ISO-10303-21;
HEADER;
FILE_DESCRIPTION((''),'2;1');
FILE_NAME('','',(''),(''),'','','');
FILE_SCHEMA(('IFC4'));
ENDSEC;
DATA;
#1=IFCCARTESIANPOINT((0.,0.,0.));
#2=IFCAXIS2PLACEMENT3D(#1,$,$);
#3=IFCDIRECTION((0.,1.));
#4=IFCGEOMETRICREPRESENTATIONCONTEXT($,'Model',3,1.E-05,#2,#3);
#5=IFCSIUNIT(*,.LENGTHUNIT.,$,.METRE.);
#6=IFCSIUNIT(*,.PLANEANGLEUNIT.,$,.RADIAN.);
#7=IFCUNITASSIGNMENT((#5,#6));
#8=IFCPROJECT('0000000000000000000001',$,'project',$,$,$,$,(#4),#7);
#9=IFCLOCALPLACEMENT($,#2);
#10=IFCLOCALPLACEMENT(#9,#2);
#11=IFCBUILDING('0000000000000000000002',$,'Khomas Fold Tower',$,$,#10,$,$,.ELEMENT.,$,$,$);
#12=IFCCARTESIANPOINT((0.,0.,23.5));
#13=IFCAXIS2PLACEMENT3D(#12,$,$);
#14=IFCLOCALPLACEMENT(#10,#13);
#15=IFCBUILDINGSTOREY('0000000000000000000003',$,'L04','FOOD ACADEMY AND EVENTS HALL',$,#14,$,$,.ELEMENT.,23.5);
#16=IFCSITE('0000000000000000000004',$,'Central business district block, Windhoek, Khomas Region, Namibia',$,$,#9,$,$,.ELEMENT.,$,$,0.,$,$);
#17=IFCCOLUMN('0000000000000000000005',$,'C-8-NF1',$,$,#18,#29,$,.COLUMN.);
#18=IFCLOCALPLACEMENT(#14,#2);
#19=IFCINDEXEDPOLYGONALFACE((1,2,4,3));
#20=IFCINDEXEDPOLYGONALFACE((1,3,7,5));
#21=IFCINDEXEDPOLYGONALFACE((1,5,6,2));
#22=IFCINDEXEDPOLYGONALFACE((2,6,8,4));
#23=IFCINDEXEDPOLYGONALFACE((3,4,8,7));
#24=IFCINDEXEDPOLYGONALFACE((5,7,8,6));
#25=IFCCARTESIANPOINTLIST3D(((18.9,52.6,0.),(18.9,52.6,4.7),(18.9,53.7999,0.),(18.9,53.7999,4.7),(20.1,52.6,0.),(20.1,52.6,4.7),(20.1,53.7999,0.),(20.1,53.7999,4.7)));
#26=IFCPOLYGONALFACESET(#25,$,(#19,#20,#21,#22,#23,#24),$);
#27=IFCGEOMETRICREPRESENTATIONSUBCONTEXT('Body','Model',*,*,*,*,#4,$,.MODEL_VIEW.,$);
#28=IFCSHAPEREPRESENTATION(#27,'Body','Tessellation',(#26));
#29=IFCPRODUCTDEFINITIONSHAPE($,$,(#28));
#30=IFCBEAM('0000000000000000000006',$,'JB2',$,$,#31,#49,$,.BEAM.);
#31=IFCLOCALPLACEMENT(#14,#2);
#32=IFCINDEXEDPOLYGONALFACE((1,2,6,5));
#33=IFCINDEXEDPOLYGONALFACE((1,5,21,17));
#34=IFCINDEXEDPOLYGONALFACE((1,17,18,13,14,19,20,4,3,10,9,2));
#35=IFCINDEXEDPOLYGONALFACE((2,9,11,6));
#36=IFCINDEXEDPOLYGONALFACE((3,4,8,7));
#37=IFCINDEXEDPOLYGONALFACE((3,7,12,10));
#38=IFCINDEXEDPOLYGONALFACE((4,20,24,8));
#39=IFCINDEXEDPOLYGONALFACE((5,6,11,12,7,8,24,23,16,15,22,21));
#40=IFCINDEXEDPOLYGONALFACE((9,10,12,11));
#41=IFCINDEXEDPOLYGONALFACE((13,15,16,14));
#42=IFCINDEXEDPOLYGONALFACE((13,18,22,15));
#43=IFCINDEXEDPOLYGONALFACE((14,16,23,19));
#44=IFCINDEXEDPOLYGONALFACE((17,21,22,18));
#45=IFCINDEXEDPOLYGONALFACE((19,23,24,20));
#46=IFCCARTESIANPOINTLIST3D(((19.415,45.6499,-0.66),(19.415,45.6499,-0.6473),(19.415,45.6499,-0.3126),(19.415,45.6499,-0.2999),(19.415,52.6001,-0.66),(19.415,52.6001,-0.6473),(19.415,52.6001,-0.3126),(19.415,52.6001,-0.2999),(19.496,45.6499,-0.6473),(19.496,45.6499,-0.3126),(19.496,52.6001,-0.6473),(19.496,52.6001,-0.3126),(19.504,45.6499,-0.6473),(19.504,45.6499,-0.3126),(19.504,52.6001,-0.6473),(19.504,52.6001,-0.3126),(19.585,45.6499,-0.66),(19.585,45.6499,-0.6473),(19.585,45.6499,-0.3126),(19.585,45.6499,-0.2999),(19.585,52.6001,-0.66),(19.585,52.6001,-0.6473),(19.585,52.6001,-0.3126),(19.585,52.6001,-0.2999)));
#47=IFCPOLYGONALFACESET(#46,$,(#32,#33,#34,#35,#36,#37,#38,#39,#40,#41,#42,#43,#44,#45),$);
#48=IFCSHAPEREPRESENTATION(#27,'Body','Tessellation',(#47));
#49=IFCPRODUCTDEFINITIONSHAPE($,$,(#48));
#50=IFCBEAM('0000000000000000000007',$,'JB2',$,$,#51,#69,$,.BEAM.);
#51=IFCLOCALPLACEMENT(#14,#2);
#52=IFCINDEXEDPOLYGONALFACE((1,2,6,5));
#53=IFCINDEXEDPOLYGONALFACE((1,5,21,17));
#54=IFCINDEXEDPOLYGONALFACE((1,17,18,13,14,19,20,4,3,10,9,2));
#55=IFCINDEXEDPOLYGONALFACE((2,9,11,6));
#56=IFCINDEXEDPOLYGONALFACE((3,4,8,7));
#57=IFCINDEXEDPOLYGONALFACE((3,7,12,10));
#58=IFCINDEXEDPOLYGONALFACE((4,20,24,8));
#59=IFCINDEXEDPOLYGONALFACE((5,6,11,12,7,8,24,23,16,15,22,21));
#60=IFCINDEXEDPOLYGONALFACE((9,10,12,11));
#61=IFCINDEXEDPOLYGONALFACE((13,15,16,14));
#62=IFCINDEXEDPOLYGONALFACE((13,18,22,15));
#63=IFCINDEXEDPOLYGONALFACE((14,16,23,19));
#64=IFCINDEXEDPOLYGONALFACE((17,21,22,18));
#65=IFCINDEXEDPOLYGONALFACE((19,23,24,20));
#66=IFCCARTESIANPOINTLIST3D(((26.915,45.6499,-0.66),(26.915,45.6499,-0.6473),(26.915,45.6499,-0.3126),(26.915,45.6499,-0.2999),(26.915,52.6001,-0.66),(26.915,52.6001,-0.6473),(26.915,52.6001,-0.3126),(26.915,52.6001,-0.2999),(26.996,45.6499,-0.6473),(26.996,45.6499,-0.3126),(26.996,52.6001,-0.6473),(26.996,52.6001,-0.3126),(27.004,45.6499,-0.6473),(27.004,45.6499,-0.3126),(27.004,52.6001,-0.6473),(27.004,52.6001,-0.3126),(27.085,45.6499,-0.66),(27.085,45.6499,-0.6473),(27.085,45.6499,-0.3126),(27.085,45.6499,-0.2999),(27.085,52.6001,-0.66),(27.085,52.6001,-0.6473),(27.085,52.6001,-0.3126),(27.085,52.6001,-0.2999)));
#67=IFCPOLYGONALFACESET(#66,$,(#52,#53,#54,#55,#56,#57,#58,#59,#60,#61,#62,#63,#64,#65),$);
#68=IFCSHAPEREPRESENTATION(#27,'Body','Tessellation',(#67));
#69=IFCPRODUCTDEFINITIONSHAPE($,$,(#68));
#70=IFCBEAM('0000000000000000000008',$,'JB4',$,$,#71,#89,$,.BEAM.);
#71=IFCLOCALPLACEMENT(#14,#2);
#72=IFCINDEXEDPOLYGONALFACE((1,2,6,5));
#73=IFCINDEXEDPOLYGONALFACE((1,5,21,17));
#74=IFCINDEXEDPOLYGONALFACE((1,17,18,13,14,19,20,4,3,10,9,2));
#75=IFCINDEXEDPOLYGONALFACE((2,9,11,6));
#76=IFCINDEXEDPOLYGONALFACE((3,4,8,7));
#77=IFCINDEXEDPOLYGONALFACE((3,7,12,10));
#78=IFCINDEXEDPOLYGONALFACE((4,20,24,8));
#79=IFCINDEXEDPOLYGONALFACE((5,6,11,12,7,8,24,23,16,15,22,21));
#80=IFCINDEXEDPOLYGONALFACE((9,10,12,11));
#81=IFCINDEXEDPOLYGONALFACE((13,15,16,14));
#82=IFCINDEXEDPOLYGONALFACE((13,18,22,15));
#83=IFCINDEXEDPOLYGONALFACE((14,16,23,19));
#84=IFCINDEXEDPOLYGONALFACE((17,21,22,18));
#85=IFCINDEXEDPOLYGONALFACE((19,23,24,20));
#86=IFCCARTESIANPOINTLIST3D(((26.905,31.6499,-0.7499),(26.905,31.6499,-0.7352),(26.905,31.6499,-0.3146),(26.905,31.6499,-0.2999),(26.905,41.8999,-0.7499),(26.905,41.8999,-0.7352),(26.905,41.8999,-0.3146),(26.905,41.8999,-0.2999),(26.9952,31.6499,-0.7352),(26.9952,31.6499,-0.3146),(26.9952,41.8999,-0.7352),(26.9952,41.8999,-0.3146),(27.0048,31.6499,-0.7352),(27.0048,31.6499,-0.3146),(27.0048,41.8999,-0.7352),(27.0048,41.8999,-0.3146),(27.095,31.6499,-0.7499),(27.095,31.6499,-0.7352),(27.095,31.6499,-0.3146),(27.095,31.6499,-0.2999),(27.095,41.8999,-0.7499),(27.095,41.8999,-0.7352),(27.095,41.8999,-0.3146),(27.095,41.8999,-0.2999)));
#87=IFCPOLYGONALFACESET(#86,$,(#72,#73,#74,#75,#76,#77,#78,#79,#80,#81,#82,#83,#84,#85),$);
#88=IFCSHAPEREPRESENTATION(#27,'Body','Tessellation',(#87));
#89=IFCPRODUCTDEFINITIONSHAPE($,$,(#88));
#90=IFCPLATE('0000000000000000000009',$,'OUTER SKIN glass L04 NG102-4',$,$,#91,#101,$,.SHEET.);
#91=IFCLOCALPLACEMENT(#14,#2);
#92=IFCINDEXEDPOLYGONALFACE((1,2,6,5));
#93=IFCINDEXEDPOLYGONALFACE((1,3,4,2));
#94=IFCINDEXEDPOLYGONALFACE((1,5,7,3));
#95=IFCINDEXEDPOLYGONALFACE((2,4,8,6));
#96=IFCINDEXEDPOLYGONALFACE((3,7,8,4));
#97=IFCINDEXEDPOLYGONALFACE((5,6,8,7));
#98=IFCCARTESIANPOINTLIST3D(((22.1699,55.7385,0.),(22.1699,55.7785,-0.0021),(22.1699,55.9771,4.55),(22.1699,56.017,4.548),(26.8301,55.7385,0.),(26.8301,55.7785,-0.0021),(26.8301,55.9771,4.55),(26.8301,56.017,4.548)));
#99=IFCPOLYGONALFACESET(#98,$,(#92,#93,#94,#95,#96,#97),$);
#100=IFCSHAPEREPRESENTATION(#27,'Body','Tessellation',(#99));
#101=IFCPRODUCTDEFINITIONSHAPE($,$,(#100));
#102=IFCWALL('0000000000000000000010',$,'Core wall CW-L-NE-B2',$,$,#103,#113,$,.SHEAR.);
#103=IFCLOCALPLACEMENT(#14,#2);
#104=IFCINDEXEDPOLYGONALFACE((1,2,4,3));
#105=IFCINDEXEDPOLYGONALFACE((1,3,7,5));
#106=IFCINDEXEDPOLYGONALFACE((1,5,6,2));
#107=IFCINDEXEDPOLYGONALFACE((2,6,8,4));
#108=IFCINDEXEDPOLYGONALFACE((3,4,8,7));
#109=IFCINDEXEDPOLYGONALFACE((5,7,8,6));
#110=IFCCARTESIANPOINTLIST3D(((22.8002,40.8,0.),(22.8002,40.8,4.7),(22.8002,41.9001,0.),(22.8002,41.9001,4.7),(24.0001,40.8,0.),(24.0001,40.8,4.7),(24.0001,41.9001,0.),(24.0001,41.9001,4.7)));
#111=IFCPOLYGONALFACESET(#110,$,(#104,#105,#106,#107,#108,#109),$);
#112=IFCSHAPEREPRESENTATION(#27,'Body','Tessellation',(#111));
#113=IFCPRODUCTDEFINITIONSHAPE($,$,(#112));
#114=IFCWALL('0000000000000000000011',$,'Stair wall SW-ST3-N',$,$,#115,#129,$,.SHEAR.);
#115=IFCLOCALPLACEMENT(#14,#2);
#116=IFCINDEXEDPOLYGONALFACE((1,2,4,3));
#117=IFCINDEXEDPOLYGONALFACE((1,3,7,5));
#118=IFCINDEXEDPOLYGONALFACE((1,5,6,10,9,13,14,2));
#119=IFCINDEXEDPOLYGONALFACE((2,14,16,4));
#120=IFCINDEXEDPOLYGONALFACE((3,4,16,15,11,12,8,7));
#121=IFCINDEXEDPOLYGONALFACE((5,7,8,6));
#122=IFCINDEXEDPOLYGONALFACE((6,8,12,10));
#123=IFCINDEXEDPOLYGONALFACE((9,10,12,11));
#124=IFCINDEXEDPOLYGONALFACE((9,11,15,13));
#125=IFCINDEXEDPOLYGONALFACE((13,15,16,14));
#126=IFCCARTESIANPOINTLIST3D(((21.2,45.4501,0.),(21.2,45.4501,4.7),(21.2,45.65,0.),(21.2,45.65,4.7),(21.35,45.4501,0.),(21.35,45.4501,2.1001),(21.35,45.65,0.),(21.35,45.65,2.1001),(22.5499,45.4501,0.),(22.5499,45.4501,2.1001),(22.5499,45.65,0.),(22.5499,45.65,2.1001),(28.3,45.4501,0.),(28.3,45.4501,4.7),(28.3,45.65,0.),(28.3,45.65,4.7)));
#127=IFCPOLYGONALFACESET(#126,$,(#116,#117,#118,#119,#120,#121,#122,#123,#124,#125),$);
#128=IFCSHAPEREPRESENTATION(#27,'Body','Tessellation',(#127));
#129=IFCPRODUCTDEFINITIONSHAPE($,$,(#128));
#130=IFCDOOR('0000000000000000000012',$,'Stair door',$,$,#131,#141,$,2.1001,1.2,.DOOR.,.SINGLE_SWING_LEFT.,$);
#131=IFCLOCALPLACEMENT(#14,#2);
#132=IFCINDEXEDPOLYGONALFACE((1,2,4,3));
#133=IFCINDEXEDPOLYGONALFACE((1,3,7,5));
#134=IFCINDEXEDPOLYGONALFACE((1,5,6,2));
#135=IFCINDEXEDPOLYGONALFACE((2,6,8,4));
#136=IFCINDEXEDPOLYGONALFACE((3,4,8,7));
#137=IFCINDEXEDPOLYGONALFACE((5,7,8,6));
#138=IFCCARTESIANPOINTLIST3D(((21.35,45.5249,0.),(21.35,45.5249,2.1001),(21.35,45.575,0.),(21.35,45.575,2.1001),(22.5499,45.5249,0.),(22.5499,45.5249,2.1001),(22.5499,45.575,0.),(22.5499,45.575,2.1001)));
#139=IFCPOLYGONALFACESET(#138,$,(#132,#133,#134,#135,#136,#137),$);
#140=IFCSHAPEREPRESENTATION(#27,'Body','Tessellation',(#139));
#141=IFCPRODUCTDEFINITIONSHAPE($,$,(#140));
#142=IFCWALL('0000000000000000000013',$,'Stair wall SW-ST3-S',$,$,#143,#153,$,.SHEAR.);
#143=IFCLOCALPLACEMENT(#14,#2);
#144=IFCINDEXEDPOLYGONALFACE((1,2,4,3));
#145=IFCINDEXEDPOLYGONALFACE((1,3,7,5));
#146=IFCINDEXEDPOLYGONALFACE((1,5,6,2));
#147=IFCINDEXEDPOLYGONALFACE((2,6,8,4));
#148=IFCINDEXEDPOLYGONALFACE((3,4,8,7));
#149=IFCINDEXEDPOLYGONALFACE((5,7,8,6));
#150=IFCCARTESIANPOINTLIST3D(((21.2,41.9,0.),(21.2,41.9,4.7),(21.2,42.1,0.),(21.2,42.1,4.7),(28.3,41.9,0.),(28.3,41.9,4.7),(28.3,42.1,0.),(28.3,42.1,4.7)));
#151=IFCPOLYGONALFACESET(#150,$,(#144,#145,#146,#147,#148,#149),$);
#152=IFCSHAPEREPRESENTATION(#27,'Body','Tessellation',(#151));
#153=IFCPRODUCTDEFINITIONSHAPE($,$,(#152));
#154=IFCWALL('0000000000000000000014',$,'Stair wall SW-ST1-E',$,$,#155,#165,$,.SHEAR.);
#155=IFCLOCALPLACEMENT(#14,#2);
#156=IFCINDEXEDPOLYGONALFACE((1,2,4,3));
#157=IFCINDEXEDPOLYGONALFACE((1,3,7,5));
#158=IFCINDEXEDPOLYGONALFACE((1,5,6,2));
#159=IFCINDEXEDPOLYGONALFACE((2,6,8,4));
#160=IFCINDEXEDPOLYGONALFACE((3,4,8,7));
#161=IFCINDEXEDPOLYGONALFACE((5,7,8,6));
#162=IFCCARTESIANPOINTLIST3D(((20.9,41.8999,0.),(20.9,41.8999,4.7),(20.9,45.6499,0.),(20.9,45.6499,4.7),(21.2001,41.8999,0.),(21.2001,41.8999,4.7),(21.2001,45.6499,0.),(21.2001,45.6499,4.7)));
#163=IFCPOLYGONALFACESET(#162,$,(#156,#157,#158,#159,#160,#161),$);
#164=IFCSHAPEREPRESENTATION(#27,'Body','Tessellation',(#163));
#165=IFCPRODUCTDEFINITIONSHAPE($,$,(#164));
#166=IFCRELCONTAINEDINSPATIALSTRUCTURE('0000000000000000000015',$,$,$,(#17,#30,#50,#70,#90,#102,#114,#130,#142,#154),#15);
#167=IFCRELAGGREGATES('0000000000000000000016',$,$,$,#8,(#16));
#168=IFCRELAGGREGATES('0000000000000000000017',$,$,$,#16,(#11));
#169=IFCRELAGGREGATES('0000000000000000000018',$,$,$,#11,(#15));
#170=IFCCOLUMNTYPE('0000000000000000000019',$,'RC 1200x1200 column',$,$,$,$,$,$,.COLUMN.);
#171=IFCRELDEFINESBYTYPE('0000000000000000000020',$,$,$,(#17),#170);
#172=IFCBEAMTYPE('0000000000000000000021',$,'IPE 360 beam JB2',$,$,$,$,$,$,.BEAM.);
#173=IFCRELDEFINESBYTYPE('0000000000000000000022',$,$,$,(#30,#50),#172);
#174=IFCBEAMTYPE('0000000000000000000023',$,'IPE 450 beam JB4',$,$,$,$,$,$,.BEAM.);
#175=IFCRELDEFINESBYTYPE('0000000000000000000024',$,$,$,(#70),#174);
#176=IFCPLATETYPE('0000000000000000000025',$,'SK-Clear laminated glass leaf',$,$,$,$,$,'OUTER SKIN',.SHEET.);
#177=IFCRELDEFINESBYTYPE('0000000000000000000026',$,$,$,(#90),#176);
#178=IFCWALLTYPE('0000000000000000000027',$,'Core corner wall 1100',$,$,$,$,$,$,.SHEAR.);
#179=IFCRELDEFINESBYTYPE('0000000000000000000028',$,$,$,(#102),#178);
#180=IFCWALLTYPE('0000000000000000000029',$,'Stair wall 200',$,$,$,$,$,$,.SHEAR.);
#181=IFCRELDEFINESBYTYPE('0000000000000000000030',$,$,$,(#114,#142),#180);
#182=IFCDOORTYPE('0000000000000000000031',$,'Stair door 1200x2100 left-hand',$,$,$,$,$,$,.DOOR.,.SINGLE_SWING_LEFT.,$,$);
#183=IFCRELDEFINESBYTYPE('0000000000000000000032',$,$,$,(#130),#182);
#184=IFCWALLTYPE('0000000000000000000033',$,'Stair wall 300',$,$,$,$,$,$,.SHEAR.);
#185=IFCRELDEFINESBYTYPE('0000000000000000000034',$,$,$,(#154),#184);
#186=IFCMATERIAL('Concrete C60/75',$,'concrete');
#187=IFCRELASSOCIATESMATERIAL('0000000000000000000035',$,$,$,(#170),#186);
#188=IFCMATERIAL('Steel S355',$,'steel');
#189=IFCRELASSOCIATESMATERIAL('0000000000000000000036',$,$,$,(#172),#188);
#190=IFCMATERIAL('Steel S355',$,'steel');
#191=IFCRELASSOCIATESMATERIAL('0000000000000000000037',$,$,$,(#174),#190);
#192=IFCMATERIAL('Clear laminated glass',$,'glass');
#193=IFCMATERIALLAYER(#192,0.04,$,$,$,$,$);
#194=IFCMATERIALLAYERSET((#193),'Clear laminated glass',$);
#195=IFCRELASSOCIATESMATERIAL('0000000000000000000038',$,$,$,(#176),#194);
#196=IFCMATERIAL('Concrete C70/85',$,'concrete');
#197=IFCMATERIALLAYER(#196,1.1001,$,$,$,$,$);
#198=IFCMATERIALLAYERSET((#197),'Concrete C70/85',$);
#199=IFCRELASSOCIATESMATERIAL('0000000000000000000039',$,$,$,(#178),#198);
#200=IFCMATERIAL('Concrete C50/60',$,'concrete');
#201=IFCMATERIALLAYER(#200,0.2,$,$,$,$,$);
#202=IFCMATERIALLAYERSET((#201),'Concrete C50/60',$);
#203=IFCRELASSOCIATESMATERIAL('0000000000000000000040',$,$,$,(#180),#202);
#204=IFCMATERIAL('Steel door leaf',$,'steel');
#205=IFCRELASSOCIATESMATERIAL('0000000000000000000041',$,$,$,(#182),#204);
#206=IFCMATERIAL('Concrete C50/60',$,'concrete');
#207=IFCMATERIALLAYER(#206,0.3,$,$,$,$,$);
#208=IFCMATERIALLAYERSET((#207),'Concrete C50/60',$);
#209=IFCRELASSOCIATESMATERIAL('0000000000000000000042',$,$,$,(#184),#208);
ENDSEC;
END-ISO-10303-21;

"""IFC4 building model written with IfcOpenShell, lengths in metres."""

from ifc_helpers import new_model, si_unit, direction, frame, frame_2d, origin, origin_2d, place, context, subcontext, project, spatial, polyline, rectangle, i_section, outline, extrude, source, transform, mapped, material, layer, layer_set, material_profile, profile_set, type_object, element, fill, save


model = new_model("IFC4")

# Units and contexts
model_context = context("Model", 3, precision=1e-05, world=origin(), true_north=direction((0.0, 1.0)))
body_context = subcontext(model_context, "Body", "Model", "MODEL_VIEW")
ifc_project = project(units=[si_unit("LENGTHUNIT", "METRE"), si_unit("PLANEANGLEUNIT", "RADIAN")], contexts=[model_context])

# Site, building, storey
site_placement = place(None, origin())
site = spatial("IfcSite", under=ifc_project, at=site_placement, Name="Central business district block, Windhoek, Khomas Region, Namibia", CompositionType="ELEMENT", RefElevation=0.0)
building_placement = place(site_placement, origin())
building = spatial("IfcBuilding", under=site, at=building_placement, Name="Khomas Fold Tower", CompositionType="ELEMENT")
storey_placement = place(building_placement, frame((0.0, 0.0, 23.5)))
storey = spatial("IfcBuildingStorey", under=building, at=storey_placement, Name="L04", Description="FOOD ACADEMY AND EVENTS HALL", CompositionType="ELEMENT", Elevation=23.5)

# Column
ifc_material_1 = material(Name="Concrete C60/75", Category="concrete")
ifc_material_profile_1 = material_profile(ifc_material_1, rectangle(XDim=1.2, YDim=1.2, at=origin_2d()), Name="RC 1200x1200")
ifc_profile_set_1 = profile_set([ifc_material_profile_1], Name="Concrete C60/75")
column_type = type_object("IfcColumnType", Name="RC 1200x1200 column", PredefinedType="COLUMN", material=ifc_profile_set_1)
shared_shape_1 = source(origin(), body_context, "Body", "SweptSolid", [
    extrude(rectangle(XDim=1.2, YDim=1.2, at=origin_2d()), origin(), (0.0, 0.0, 1.0), 4.7),
])
column_placement = place(storey_placement, frame((19.5, 53.2, 0.0), z_axis=(0.0, 0.0, 1.0), x_axis=(1.0, 0.0, 0.0)))
element("IfcColumn", 1, at=column_placement, inside=storey, type_object=column_type, Name="C-8-NF1", PredefinedType="COLUMN", context=body_context, shape_type="MappedRepresentation", body=[
    mapped(shared_shape_1, transform((0.0, 0.0, 0.0))),
])

# Beams
ifc_material_2 = material(Name="Steel S355", Category="steel")
ifc_material_profile_2 = material_profile(ifc_material_2, i_section(OverallWidth=0.1699, OverallDepth=0.3601, WebThickness=0.0081, FlangeThickness=0.0127, at=origin_2d()), Name="IPE 360")
ifc_profile_set_2 = profile_set([ifc_material_profile_2], Name="Steel S355")
beam_type_1 = type_object("IfcBeamType", Name="IPE 360 beam JB2", PredefinedType="BEAM", material=ifc_profile_set_2)
shared_shape_2 = source(origin(), body_context, "Body", "SweptSolid", [
    extrude(i_section(OverallWidth=0.1699, OverallDepth=0.3601, WebThickness=0.0081, FlangeThickness=0.0127, at=origin_2d()), origin(), (0.0, 0.0, 1.0), 6.9502),
])
for number, where, z_axis, x_axis, name in (
    (2, (19.5, 45.6499, -0.48), (0.0, 1.0, 0.0), (-1.0, 0.0, 0.0), "JB2"),
    (3, (27.0, 45.6499, -0.48), (0.0, 1.0, 0.0), (-1.0, 0.0, 0.0), "JB2"),
):
    element("IfcBeam", number, at=place(storey_placement, frame(where, z_axis=z_axis, x_axis=x_axis)), inside=storey, type_object=beam_type_1, Name=name, PredefinedType="BEAM", context=body_context, shape_type="MappedRepresentation", body=[
        mapped(shared_shape_2, transform((0.0, 0.0, 0.0))),
    ])
ifc_material_3 = material(Name="Steel S355", Category="steel")
ifc_material_profile_3 = material_profile(ifc_material_3, i_section(OverallWidth=0.1899, OverallDepth=0.45, WebThickness=0.0095, FlangeThickness=0.0146, at=origin_2d()), Name="IPE 450")
ifc_profile_set_3 = profile_set([ifc_material_profile_3], Name="Steel S355")
beam_type_2 = type_object("IfcBeamType", Name="IPE 450 beam JB4", PredefinedType="BEAM", material=ifc_profile_set_3)
shared_shape_3 = source(origin(), body_context, "Body", "SweptSolid", [
    extrude(i_section(OverallWidth=0.1899, OverallDepth=0.45, WebThickness=0.0095, FlangeThickness=0.0146, at=origin_2d()), origin(), (0.0, 0.0, 1.0), 10.25),
])
beam_placement = place(storey_placement, frame((27.0, 31.6499, -0.5249), z_axis=(0.0, 1.0, 0.0), x_axis=(-1.0, 0.0, 0.0)))
element("IfcBeam", 4, at=beam_placement, inside=storey, type_object=beam_type_2, Name="JB4", PredefinedType="BEAM", context=body_context, shape_type="MappedRepresentation", body=[
    mapped(shared_shape_3, transform((0.0, 0.0, 0.0))),
])

# Plate
ifc_material_4 = material(Name="Clear laminated glass", Category="glass")
ifc_layer_1 = layer(ifc_material_4, 0.04)
ifc_layer_set_1 = layer_set([ifc_layer_1], Name="Clear laminated glass")
plate_type = type_object("IfcPlateType", Name="SK-Clear laminated glass leaf", ElementType="OUTER SKIN", PredefinedType="SHEET", material=ifc_layer_set_1)
plate_placement = place(storey_placement, frame((26.8301, 55.9771, 4.55), z_axis=(0.0, -0.998629, 0.052351), x_axis=(0.0, -0.052351, -0.998629)))
element("IfcPlate", 5, at=plate_placement, inside=storey, type_object=plate_type, Name="OUTER SKIN glass L04 NG102-4", PredefinedType="SHEET", context=body_context, shape_type="SweptSolid", body=[
    extrude(outline(polyline([(0.0, 0.0), (4.5563, 0.0), (4.5563, -4.6602), (0.0, -4.6602), (0.0, 0.0)])), origin(), (0.0, 0.0, -1.0), 0.04),
])

# Wall
ifc_material_5 = material(Name="Concrete C70/85", Category="concrete")
ifc_layer_2 = layer(ifc_material_5, 1.1001)
ifc_layer_set_2 = layer_set([ifc_layer_2], Name="Concrete C70/85")
wall_type_1 = type_object("IfcWallType", Name="Core corner wall 1100", PredefinedType="SHEAR", material=ifc_layer_set_2)
shared_shape_4 = source(origin(), body_context, "Body", "SweptSolid", [
    extrude(rectangle(XDim=1.2, YDim=1.1001, at=frame_2d((0.6001, 0.0))), origin(), (0.0, 0.0, 1.0), 4.7),
])
wall_1_placement = place(storey_placement, frame((22.8, 41.3501, 0.0), z_axis=(0.0, 0.0, 1.0), x_axis=(1.0, 0.0, 0.0)))
element("IfcWall", 6, at=wall_1_placement, inside=storey, type_object=wall_type_1, Name="Core wall CW-L-NE-B2", PredefinedType="SHEAR", context=body_context, shape_type="MappedRepresentation", body=[
    mapped(shared_shape_4, transform((0.0, 0.0, 0.0))),
])

# Wall, opening, door
ifc_material_6 = material(Name="Concrete C50/60", Category="concrete")
ifc_layer_3 = layer(ifc_material_6, 0.2)
ifc_layer_set_3 = layer_set([ifc_layer_3], Name="Concrete C50/60")
wall_type_2 = type_object("IfcWallType", Name="Stair wall 200", PredefinedType="SHEAR", material=ifc_layer_set_3)
shared_shape_5 = source(origin(), body_context, "Body", "SweptSolid", [
    extrude(rectangle(XDim=7.1001, YDim=0.2, at=frame_2d((3.55, 0.0))), origin(), (0.0, 0.0, 1.0), 4.7),
])
wall_2_placement = place(storey_placement, frame((21.2, 45.55, 0.0), z_axis=(0.0, 0.0, 1.0), x_axis=(1.0, 0.0, 0.0)))
wall_2 = element("IfcWall", 7, at=wall_2_placement, inside=storey, type_object=wall_type_2, Name="Stair wall SW-ST3-N", PredefinedType="SHEAR", context=body_context, shape_type="MappedRepresentation", body=[
    mapped(shared_shape_5, transform((0.0, 0.0, 0.0))),
])
shared_shape_6 = source(origin(), body_context, "Body", "SweptSolid", [
    extrude(rectangle(XDim=1.2, YDim=2.1001, at=frame_2d((0.6001, 1.05))), frame((0.0, 0.1099, 0.0), z_axis=(0.0, -1.0, 0.0), x_axis=(1.0, 0.0, 0.0)), (0.0, 0.0, 1.0), 0.22),
])
opening_1_placement = place(wall_2_placement, frame((0.1499, 0.0, 0.0)))
opening_1 = element("IfcOpeningElement", 8, at=opening_1_placement, cuts=wall_2, PredefinedType="OPENING", context=body_context, shape_type="MappedRepresentation", body=[
    mapped(shared_shape_6, transform((0.0, 0.0, 0.0))),
])
ifc_material_7 = material(Name="Steel door leaf", Category="steel")
door_type_1 = type_object("IfcDoorType", Name="Stair door 1200x2100 left-hand", OperationType="SINGLE_SWING_LEFT", PredefinedType="DOOR", material=ifc_material_7)
shared_shape_7 = source(origin(), body_context, "Body", "SweptSolid", [
    extrude(rectangle(XDim=1.2, YDim=2.1001, at=frame_2d((0.6001, 1.05))), frame((0.0, 0.0249, 0.0), z_axis=(0.0, -1.0, 0.0), x_axis=(1.0, 0.0, 0.0)), (0.0, 0.0, 1.0), 0.05),
])
door_1_placement = place(opening_1_placement, origin())
door_1 = element("IfcDoor", 9, at=door_1_placement, inside=storey, type_object=door_type_1, Name="Stair door", OperationType="SINGLE_SWING_LEFT", OverallHeight=2.1001, OverallWidth=1.2, PredefinedType="DOOR", context=body_context, shape_type="MappedRepresentation", body=[
    mapped(shared_shape_7, transform((0.0, 0.0, 0.0))),
])
fill(opening_1, door_1)

# Walls
wall_3_placement = place(storey_placement, frame((21.2, 42.0, 0.0), z_axis=(0.0, 0.0, 1.0), x_axis=(1.0, 0.0, 0.0)))
element("IfcWall", 10, at=wall_3_placement, inside=storey, type_object=wall_type_2, Name="Stair wall SW-ST3-S", PredefinedType="SHEAR", context=body_context, shape_type="MappedRepresentation", body=[
    mapped(shared_shape_5, transform((0.0, 0.0, 0.0))),
])
ifc_material_8 = material(Name="Concrete C50/60", Category="concrete")
ifc_layer_4 = layer(ifc_material_8, 0.3)
ifc_layer_set_4 = layer_set([ifc_layer_4], Name="Concrete C50/60")
wall_type_3 = type_object("IfcWallType", Name="Stair wall 300", PredefinedType="SHEAR", material=ifc_layer_set_4)
shared_shape_8 = source(origin(), body_context, "Body", "SweptSolid", [
    extrude(rectangle(XDim=3.75, YDim=0.3, at=frame_2d((1.875, 0.0))), origin(), (0.0, 0.0, 1.0), 4.7),
])
wall_4_placement = place(storey_placement, frame((21.05, 41.8999, 0.0), z_axis=(0.0, 0.0, 1.0), x_axis=(0.0, 1.0, 0.0)))
element("IfcWall", 11, at=wall_4_placement, inside=storey, type_object=wall_type_3, Name="Stair wall SW-ST1-E", PredefinedType="SHEAR", context=body_context, shape_type="MappedRepresentation", body=[
    mapped(shared_shape_8, transform((0.0, 0.0, 0.0))),
])

save(model, "model.ifc")
